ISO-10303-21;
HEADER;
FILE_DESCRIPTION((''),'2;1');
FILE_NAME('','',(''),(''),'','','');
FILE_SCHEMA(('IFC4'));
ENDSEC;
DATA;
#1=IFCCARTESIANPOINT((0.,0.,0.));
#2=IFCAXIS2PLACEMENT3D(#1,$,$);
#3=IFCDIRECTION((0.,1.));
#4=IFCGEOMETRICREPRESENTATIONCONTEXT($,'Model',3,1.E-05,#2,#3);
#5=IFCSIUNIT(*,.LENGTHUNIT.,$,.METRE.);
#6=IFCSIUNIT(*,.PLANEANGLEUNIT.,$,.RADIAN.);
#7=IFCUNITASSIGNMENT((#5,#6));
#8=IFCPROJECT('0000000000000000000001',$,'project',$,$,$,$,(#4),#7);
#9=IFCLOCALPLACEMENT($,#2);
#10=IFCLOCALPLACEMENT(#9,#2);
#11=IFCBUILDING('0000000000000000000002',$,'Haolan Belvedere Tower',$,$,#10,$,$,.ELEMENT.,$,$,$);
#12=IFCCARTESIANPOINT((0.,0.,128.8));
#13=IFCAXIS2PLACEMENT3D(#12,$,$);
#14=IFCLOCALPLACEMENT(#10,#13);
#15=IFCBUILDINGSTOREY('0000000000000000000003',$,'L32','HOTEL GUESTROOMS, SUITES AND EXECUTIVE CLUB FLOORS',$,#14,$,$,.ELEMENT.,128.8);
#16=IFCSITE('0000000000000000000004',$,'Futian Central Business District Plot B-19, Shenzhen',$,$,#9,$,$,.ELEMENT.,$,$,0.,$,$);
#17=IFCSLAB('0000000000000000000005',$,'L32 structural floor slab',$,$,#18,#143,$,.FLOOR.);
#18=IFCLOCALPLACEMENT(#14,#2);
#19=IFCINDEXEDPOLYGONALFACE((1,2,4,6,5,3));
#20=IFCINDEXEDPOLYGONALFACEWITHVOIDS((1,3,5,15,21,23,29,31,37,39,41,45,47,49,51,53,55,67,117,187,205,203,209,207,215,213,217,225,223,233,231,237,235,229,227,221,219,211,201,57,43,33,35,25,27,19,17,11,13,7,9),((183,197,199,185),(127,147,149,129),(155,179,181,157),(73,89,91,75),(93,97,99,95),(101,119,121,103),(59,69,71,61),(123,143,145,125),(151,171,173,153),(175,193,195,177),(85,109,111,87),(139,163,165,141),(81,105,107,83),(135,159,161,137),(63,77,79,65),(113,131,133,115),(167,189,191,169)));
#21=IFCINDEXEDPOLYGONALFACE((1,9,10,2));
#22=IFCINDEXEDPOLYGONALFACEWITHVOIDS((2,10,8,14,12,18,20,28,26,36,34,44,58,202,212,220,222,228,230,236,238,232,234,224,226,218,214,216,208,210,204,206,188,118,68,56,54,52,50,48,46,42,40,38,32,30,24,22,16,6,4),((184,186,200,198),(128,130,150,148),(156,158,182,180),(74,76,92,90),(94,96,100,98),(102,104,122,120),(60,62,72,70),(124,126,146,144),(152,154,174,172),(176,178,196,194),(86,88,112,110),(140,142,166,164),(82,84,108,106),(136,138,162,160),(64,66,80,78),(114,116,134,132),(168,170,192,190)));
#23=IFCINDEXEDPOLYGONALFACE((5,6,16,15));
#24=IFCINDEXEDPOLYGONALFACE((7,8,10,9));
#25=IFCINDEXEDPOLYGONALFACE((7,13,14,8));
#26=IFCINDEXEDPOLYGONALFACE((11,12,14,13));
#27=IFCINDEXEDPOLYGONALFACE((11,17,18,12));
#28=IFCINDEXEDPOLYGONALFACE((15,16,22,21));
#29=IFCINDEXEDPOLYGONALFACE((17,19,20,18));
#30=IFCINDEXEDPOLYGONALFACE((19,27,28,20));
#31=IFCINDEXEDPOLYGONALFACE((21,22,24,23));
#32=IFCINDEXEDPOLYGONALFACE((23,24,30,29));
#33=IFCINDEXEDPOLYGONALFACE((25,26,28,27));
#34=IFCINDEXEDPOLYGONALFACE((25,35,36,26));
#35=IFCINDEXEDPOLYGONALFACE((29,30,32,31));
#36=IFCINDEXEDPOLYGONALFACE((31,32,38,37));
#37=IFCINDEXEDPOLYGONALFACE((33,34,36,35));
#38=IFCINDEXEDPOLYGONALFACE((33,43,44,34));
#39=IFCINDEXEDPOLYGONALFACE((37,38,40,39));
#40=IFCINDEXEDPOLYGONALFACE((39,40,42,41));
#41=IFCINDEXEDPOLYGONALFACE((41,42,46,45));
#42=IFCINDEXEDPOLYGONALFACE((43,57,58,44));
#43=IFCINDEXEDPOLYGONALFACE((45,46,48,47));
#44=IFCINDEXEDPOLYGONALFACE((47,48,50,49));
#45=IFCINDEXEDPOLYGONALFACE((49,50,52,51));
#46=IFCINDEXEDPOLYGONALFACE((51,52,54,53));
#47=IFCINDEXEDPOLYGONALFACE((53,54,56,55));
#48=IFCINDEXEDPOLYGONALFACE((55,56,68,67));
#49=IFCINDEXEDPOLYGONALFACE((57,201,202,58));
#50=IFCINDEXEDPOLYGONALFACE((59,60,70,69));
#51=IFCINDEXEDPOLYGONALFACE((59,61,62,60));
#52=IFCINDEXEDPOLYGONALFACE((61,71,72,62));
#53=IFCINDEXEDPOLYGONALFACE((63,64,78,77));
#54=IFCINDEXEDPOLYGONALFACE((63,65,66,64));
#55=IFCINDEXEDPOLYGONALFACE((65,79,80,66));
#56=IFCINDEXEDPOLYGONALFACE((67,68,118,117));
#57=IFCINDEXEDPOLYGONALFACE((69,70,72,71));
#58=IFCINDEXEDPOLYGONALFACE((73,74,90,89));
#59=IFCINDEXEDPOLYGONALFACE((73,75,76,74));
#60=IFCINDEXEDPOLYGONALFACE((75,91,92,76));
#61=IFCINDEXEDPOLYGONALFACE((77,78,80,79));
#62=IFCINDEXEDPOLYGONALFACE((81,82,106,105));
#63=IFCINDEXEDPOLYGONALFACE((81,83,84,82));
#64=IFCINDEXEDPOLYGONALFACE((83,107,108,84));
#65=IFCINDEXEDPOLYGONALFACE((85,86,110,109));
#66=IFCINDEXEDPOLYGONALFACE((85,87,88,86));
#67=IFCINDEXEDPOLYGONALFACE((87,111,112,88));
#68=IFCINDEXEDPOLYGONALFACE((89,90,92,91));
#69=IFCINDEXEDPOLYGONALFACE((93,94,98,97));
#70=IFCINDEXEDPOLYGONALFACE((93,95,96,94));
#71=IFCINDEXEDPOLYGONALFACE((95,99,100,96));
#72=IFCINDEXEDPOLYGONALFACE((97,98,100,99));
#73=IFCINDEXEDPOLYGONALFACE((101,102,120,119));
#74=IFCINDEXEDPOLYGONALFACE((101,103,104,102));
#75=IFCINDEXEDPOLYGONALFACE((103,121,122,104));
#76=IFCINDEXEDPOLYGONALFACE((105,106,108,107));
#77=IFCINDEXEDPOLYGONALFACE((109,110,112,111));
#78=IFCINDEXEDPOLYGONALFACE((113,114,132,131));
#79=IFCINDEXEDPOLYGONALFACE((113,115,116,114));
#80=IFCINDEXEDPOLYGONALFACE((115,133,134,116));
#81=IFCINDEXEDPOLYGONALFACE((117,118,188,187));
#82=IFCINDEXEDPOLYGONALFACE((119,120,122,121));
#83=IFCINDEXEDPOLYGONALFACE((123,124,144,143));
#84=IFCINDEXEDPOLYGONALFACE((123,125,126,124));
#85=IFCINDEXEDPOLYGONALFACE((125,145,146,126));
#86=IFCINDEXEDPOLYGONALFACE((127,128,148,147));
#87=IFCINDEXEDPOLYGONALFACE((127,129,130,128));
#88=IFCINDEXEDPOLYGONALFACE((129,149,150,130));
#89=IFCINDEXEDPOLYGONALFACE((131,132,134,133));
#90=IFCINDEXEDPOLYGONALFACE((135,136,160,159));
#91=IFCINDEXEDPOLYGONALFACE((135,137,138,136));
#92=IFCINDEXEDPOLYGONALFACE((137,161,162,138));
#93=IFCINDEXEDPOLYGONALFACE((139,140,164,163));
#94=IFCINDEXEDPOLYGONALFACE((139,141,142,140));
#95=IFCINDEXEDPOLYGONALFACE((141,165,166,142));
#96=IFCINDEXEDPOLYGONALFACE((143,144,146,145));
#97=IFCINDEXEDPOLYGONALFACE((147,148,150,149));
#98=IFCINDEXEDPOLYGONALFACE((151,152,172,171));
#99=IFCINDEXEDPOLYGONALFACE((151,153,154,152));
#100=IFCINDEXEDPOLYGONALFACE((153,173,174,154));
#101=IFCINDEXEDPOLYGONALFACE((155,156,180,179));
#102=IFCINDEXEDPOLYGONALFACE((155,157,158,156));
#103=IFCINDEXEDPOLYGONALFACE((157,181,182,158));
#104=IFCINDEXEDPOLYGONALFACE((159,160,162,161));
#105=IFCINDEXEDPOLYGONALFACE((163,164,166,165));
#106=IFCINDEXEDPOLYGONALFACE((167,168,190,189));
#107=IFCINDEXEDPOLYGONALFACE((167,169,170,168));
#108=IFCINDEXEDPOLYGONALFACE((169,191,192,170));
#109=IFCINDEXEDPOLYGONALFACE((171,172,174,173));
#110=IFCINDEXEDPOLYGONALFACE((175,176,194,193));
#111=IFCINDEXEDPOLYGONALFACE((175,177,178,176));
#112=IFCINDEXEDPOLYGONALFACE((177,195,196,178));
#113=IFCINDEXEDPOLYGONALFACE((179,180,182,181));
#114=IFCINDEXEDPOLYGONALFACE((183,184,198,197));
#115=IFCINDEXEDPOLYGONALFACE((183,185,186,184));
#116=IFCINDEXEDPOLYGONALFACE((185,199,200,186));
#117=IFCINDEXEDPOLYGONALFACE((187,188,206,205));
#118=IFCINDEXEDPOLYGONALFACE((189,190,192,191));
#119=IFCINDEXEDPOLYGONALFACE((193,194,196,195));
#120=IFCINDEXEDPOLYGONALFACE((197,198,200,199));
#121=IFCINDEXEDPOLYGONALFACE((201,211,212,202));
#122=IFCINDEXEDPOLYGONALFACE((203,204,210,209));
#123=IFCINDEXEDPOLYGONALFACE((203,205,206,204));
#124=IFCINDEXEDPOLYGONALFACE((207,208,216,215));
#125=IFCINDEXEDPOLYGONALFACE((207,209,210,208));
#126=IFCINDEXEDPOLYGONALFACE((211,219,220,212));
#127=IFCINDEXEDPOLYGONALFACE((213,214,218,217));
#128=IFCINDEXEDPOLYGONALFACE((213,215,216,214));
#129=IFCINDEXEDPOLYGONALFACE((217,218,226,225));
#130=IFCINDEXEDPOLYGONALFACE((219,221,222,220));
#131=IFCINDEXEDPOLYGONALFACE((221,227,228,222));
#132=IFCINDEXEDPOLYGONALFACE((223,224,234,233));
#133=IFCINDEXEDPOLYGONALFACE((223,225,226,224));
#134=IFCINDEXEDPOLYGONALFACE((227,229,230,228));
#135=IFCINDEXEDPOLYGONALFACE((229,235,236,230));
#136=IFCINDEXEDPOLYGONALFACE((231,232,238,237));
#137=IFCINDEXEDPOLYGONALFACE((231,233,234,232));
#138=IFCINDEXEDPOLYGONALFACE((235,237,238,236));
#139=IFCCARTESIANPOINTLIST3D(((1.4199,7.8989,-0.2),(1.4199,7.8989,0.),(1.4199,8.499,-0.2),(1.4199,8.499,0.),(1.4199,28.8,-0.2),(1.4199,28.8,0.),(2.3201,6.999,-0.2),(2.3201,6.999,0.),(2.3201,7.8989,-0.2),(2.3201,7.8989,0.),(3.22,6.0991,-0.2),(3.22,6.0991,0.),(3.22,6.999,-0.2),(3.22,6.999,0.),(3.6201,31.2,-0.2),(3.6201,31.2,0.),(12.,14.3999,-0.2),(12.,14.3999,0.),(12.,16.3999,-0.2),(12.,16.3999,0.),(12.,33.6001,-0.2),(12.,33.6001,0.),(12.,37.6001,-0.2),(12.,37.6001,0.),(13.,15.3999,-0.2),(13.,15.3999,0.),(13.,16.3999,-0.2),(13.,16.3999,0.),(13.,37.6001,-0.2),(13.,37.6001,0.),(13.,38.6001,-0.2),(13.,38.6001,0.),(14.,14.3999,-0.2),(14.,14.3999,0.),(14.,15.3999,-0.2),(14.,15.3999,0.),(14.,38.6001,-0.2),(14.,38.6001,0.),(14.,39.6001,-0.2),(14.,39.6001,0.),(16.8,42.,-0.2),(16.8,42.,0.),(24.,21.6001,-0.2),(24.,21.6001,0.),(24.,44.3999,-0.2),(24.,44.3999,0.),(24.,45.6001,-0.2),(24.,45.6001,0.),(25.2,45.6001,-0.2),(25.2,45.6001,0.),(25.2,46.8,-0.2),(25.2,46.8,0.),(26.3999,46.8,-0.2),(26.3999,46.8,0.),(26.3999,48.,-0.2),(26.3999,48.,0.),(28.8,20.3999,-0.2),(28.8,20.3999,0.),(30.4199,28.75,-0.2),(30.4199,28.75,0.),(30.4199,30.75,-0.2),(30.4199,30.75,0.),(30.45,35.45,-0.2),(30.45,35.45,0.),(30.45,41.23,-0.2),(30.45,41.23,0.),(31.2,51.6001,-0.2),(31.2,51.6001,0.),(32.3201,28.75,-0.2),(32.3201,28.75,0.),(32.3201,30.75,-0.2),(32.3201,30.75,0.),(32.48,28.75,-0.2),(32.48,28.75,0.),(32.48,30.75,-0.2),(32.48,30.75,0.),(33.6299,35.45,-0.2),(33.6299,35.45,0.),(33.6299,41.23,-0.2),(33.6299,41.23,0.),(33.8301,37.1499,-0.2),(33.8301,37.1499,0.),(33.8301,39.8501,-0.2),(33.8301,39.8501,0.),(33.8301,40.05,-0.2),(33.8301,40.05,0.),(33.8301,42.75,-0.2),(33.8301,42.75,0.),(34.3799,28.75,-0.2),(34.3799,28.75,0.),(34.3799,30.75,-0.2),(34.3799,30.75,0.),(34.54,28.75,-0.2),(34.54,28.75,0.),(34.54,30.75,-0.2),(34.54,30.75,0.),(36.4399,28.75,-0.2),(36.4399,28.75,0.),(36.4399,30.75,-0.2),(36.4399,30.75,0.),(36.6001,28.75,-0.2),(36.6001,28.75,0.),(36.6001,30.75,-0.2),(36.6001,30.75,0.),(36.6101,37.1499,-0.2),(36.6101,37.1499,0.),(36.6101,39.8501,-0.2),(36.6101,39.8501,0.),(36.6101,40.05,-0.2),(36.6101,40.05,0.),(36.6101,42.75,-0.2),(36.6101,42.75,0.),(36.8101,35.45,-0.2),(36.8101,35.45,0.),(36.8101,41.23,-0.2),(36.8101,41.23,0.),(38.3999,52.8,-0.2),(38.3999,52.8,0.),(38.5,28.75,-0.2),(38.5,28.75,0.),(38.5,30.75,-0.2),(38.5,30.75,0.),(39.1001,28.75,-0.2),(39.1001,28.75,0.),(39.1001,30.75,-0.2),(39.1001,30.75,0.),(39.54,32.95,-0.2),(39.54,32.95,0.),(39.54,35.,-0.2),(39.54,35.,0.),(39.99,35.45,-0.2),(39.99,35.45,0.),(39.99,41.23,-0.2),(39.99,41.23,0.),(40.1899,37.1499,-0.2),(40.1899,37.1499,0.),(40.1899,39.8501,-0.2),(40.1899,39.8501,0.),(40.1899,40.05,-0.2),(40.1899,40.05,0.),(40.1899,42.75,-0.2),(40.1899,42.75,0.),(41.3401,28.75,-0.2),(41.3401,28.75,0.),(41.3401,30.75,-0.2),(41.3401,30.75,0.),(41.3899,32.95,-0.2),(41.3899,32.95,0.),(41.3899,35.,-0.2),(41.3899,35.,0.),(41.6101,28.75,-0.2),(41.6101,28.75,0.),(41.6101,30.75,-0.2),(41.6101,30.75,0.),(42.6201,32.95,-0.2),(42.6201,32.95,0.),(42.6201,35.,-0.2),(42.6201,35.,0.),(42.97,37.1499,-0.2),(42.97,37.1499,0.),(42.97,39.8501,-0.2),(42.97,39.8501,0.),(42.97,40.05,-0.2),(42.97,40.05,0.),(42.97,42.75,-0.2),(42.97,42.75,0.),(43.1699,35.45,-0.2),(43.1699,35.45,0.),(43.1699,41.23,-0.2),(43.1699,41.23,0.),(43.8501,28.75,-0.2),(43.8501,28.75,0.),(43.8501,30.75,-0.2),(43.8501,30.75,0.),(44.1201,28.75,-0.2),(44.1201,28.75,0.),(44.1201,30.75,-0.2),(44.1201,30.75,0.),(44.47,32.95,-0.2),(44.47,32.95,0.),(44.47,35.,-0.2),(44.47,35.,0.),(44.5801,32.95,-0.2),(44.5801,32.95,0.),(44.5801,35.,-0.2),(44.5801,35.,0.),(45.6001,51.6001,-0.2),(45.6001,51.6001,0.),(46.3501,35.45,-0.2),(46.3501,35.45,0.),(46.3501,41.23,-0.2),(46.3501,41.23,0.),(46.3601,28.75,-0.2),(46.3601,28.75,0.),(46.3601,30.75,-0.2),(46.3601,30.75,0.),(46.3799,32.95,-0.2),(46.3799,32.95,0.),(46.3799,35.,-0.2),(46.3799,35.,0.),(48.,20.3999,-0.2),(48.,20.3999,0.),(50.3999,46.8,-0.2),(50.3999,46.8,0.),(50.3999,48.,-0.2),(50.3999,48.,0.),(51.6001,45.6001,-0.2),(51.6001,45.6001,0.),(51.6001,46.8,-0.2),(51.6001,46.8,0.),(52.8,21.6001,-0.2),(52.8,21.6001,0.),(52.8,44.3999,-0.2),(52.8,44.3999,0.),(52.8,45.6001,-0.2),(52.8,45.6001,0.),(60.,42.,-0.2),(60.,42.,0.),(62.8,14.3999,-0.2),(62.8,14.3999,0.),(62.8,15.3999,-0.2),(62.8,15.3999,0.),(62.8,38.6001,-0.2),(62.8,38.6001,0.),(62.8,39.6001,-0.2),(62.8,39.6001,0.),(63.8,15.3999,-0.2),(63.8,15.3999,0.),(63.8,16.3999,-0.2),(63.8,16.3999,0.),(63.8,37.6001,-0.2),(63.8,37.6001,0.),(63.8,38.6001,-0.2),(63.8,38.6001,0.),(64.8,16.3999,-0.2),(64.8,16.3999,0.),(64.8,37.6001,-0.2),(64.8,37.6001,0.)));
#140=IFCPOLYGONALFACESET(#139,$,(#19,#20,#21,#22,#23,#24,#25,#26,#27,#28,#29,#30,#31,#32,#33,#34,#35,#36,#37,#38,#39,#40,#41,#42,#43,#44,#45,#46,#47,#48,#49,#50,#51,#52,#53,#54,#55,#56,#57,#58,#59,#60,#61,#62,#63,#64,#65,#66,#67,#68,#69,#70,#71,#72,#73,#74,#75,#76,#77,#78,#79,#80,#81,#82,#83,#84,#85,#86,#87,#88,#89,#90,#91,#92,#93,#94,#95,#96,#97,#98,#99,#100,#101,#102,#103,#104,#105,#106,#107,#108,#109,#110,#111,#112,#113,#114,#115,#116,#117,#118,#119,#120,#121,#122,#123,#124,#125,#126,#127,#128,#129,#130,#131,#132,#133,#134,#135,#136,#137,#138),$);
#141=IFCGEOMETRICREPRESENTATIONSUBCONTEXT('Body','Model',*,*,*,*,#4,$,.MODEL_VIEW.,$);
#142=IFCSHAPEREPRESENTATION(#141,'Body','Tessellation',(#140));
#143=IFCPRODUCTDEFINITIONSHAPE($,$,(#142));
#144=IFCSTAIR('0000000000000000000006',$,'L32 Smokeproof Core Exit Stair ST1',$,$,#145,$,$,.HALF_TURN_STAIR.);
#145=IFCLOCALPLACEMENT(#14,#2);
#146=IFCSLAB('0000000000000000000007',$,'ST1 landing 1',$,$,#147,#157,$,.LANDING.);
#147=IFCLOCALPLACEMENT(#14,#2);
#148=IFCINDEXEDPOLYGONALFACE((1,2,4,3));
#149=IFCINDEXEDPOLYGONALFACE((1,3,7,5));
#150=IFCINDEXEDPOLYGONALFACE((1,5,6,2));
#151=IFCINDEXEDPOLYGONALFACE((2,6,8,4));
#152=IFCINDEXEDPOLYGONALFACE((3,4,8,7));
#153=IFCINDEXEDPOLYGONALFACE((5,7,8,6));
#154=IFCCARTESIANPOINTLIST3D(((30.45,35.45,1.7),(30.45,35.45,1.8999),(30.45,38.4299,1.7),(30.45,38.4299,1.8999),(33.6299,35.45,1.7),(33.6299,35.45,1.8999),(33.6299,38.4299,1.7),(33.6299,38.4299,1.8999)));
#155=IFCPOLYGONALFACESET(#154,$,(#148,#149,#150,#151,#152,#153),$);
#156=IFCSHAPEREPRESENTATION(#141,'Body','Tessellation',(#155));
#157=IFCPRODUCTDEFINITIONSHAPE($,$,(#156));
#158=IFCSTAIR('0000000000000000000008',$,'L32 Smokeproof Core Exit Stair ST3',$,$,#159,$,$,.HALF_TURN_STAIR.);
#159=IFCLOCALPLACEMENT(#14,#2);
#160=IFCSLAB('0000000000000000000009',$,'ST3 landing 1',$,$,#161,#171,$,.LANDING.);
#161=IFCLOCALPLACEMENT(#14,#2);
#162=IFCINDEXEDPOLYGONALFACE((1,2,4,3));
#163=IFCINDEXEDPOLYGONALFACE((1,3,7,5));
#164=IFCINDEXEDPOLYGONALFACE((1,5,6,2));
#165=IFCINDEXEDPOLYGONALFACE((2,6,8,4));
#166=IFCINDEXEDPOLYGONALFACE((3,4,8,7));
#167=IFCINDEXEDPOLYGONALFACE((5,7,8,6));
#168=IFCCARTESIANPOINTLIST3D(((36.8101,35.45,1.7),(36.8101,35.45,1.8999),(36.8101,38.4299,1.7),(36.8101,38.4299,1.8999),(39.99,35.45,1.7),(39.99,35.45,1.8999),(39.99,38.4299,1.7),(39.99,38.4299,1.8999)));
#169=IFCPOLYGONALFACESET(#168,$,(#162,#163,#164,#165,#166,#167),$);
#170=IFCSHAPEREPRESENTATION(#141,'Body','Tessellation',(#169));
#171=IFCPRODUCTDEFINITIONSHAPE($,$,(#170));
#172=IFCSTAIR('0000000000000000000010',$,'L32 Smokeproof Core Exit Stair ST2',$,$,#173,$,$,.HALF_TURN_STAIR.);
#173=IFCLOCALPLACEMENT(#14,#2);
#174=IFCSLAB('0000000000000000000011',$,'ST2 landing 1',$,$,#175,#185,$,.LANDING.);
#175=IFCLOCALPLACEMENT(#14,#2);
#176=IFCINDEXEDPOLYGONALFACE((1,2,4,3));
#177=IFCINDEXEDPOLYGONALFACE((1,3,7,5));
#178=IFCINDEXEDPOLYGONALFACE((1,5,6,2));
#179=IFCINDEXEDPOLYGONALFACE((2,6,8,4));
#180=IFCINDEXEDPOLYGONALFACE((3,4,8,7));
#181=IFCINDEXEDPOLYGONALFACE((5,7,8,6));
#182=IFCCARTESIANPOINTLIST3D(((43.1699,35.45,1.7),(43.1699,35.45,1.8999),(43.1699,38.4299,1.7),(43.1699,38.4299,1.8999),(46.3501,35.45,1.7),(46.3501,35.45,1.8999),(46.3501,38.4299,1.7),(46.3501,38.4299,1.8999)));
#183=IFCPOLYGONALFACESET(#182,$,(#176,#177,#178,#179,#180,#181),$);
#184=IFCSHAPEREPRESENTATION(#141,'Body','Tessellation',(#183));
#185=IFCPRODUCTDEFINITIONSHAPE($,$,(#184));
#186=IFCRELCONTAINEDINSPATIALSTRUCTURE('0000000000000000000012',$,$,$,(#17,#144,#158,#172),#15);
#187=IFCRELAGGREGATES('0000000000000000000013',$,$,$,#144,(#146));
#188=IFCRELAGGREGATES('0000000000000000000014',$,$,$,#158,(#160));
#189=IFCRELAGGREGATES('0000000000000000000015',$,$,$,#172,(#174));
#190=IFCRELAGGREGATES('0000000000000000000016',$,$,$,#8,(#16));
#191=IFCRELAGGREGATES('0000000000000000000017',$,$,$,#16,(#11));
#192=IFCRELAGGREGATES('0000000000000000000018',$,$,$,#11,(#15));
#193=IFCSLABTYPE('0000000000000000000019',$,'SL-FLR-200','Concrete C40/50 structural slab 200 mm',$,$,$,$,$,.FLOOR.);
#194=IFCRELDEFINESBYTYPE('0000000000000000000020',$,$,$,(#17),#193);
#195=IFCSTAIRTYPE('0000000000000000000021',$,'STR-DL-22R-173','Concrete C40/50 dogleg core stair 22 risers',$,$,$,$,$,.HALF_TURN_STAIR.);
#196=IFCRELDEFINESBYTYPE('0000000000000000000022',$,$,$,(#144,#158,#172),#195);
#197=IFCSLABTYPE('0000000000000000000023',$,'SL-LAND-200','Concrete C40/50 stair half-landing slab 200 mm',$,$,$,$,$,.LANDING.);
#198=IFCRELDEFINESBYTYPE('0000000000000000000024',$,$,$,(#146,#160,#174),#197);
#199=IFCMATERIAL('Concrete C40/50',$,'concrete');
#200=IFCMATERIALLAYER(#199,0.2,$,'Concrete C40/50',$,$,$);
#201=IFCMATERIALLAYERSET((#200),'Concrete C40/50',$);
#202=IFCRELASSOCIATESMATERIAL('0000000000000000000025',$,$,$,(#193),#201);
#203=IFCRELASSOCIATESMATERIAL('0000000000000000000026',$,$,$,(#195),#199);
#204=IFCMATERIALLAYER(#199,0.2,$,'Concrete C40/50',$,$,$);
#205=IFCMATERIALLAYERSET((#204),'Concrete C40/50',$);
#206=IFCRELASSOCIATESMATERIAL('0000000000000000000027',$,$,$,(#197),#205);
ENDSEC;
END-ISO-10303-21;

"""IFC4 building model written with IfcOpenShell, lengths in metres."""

from ifc_helpers import new_model, si_unit, direction, frame, origin, place, context, subcontext, project, spatial, polyline, outline, extrude, material, layer, layer_set, type_object, element, aggregate, save


model = new_model("IFC4")

# Units and contexts
model_context = context("Model", 3, precision=1e-05, world=origin(), true_north=direction((0.0, 1.0)))
body_context = subcontext(model_context, "Body", "Model", "MODEL_VIEW")
ifc_project = project(units=[si_unit("LENGTHUNIT", "METRE"), si_unit("PLANEANGLEUNIT", "RADIAN")], contexts=[model_context])

# Site, building, storey
site_placement = place(None, origin())
site = spatial("IfcSite", under=ifc_project, at=site_placement, Name="Futian Central Business District Plot B-19, Shenzhen", CompositionType="ELEMENT", RefElevation=0.0)
building_placement = place(site_placement, origin())
building = spatial("IfcBuilding", under=site, at=building_placement, Name="Haolan Belvedere Tower", CompositionType="ELEMENT")
storey_placement = place(building_placement, frame((0.0, 0.0, 128.8)))
storey = spatial("IfcBuildingStorey", under=building, at=storey_placement, Name="L32", Description="HOTEL GUESTROOMS, SUITES AND EXECUTIVE CLUB FLOORS", CompositionType="ELEMENT", Elevation=128.8)

# Slab
ifc_material_1 = material(Name="Concrete C40/50", Category="concrete")
ifc_layer_1 = layer(ifc_material_1, 0.2, Name="Concrete C40/50")
ifc_layer_set_1 = layer_set([ifc_layer_1], Name="Concrete C40/50")
slab_type_1 = type_object("IfcSlabType", Name="SL-FLR-200", Description="Concrete C40/50 structural slab 200 mm", PredefinedType="FLOOR", material=ifc_layer_set_1)
slab_1_placement = place(storey_placement, frame((0.0, 0.0, -0.2)))
element("IfcSlab", 1, at=slab_1_placement, inside=storey, type_object=slab_type_1, Name="L32 structural floor slab", PredefinedType="FLOOR", context=body_context, shape_type="SweptSolid", body=[
    extrude(outline(polyline([(12.0, 14.3999), (12.0, 16.3999), (13.0, 16.3999), (13.0, 15.3999), (14.0, 15.3999), (14.0, 14.3999), (24.0, 21.6001), (28.8, 20.3999), (48.0, 20.3999), (52.8, 21.6001), (62.8, 14.3999), (62.8, 15.3999), (63.8, 15.3999), (63.8, 16.3999), (64.8, 16.3999), (64.8, 37.6001), (63.8, 37.6001), (63.8, 38.6001), (62.8, 38.6001), (62.8, 39.6001), (60.0, 42.0), (52.8, 44.3999), (52.8, 45.6001), (51.6001, 45.6001), (51.6001, 46.8), (50.3999, 46.8), (50.3999, 48.0), (45.6001, 51.6001), (38.3999, 52.8), (31.2, 51.6001), (26.3999, 48.0), (26.3999, 46.8), (25.2, 46.8), (25.2, 45.6001), (24.0, 45.6001), (24.0, 44.3999), (16.8, 42.0), (14.0, 39.6001), (14.0, 38.6001), (13.0, 38.6001), (13.0, 37.6001), (12.0, 37.6001), (12.0, 33.6001), (3.6201, 31.2), (1.4199, 28.8), (1.4199, 8.499), (1.4199, 7.8989), (2.3201, 7.8989), (2.3201, 6.999), (3.22, 6.999), (3.22, 6.0991), (12.0, 14.3999)]), holes=[polyline([(30.45, 41.23), (30.45, 35.45), (33.6299, 35.45), (33.6299, 41.23), (30.45, 41.23)]), polyline([(36.8101, 41.23), (36.8101, 35.45), (39.99, 35.45), (39.99, 41.23), (36.8101, 41.23)]), polyline([(43.1699, 41.23), (43.1699, 35.45), (46.3501, 35.45), (46.3501, 41.23), (43.1699, 41.23)]), polyline([(33.8301, 40.05), (36.6101, 40.05), (36.6101, 42.75), (33.8301, 42.75), (33.8301, 40.05)]), polyline([(33.8301, 37.1499), (36.6101, 37.1499), (36.6101, 39.8501), (33.8301, 39.8501), (33.8301, 37.1499)]), polyline([(40.1899, 40.05), (42.97, 40.05), (42.97, 42.75), (40.1899, 42.75), (40.1899, 40.05)]), polyline([(40.1899, 37.1499), (42.97, 37.1499), (42.97, 39.8501), (40.1899, 39.8501), (40.1899, 37.1499)]), polyline([(39.54, 32.95), (41.3899, 32.95), (41.3899, 35.0), (39.54, 35.0), (39.54, 32.95)]), polyline([(42.6201, 32.95), (44.47, 32.95), (44.47, 35.0), (42.6201, 35.0), (42.6201, 32.95)]), polyline([(44.5801, 32.95), (46.3799, 32.95), (46.3799, 35.0), (44.5801, 35.0), (44.5801, 32.95)]), polyline([(30.4199, 28.75), (32.3201, 28.75), (32.3201, 30.75), (30.4199, 30.75), (30.4199, 28.75)]), polyline([(32.48, 28.75), (34.3799, 28.75), (34.3799, 30.75), (32.48, 30.75), (32.48, 28.75)]), polyline([(34.54, 28.75), (36.4399, 28.75), (36.4399, 30.75), (34.54, 30.75), (34.54, 28.75)]), polyline([(36.6001, 28.75), (38.5, 28.75), (38.5, 30.75), (36.6001, 30.75), (36.6001, 28.75)]), polyline([(39.1001, 28.75), (41.3401, 28.75), (41.3401, 30.75), (39.1001, 30.75), (39.1001, 28.75)]), polyline([(41.6101, 28.75), (43.8501, 28.75), (43.8501, 30.75), (41.6101, 30.75), (41.6101, 28.75)]), polyline([(44.1201, 28.75), (46.3601, 28.75), (46.3601, 30.75), (44.1201, 30.75), (44.1201, 28.75)])]), origin(), (0.0, 0.0, 1.0), 0.2),
])

# Stairs, slabs
stair_type = type_object("IfcStairType", Name="STR-DL-22R-173", Description="Concrete C40/50 dogleg core stair 22 risers", PredefinedType="HALF_TURN_STAIR", material=ifc_material_1)
stair_1_placement = place(storey_placement, origin())
stair_1 = element("IfcStair", 2, at=stair_1_placement, inside=storey, type_object=stair_type, Name="L32 Smokeproof Core Exit Stair ST1", PredefinedType="HALF_TURN_STAIR")
ifc_layer_2 = layer(ifc_material_1, 0.2, Name="Concrete C40/50")
ifc_layer_set_2 = layer_set([ifc_layer_2], Name="Concrete C40/50")
slab_type_2 = type_object("IfcSlabType", Name="SL-LAND-200", Description="Concrete C40/50 stair half-landing slab 200 mm", PredefinedType="LANDING", material=ifc_layer_set_2)
slab_2_placement = place(storey_placement, frame((0.0, 0.0, 1.7)))
slab_2 = element("IfcSlab", 3, at=slab_2_placement, type_object=slab_type_2, Name="ST1 landing 1", PredefinedType="LANDING", context=body_context, shape_type="SweptSolid", body=[
    extrude(outline(polyline([(30.45, 38.4299), (30.45, 35.45), (33.6299, 35.45), (33.6299, 38.4299), (30.45, 38.4299)])), origin(), (0.0, 0.0, 1.0), 0.2),
])
aggregate(stair_1, [slab_2])
stair_2_placement = place(storey_placement, origin())
stair_2 = element("IfcStair", 4, at=stair_2_placement, inside=storey, type_object=stair_type, Name="L32 Smokeproof Core Exit Stair ST3", PredefinedType="HALF_TURN_STAIR")
slab_3_placement = place(storey_placement, frame((0.0, 0.0, 1.7)))
slab_3 = element("IfcSlab", 5, at=slab_3_placement, type_object=slab_type_2, Name="ST3 landing 1", PredefinedType="LANDING", context=body_context, shape_type="SweptSolid", body=[
    extrude(outline(polyline([(36.8101, 38.4299), (36.8101, 35.45), (39.99, 35.45), (39.99, 38.4299), (36.8101, 38.4299)])), origin(), (0.0, 0.0, 1.0), 0.2),
])
aggregate(stair_2, [slab_3])
stair_3_placement = place(storey_placement, origin())
stair_3 = element("IfcStair", 6, at=stair_3_placement, inside=storey, type_object=stair_type, Name="L32 Smokeproof Core Exit Stair ST2", PredefinedType="HALF_TURN_STAIR")
slab_4_placement = place(storey_placement, frame((0.0, 0.0, 1.7)))
slab_4 = element("IfcSlab", 7, at=slab_4_placement, type_object=slab_type_2, Name="ST2 landing 1", PredefinedType="LANDING", context=body_context, shape_type="SweptSolid", body=[
    extrude(outline(polyline([(43.1699, 38.4299), (43.1699, 35.45), (46.3501, 35.45), (46.3501, 38.4299), (43.1699, 38.4299)])), origin(), (0.0, 0.0, 1.0), 0.2),
])
aggregate(stair_3, [slab_4])

save(model, "model.ifc")
